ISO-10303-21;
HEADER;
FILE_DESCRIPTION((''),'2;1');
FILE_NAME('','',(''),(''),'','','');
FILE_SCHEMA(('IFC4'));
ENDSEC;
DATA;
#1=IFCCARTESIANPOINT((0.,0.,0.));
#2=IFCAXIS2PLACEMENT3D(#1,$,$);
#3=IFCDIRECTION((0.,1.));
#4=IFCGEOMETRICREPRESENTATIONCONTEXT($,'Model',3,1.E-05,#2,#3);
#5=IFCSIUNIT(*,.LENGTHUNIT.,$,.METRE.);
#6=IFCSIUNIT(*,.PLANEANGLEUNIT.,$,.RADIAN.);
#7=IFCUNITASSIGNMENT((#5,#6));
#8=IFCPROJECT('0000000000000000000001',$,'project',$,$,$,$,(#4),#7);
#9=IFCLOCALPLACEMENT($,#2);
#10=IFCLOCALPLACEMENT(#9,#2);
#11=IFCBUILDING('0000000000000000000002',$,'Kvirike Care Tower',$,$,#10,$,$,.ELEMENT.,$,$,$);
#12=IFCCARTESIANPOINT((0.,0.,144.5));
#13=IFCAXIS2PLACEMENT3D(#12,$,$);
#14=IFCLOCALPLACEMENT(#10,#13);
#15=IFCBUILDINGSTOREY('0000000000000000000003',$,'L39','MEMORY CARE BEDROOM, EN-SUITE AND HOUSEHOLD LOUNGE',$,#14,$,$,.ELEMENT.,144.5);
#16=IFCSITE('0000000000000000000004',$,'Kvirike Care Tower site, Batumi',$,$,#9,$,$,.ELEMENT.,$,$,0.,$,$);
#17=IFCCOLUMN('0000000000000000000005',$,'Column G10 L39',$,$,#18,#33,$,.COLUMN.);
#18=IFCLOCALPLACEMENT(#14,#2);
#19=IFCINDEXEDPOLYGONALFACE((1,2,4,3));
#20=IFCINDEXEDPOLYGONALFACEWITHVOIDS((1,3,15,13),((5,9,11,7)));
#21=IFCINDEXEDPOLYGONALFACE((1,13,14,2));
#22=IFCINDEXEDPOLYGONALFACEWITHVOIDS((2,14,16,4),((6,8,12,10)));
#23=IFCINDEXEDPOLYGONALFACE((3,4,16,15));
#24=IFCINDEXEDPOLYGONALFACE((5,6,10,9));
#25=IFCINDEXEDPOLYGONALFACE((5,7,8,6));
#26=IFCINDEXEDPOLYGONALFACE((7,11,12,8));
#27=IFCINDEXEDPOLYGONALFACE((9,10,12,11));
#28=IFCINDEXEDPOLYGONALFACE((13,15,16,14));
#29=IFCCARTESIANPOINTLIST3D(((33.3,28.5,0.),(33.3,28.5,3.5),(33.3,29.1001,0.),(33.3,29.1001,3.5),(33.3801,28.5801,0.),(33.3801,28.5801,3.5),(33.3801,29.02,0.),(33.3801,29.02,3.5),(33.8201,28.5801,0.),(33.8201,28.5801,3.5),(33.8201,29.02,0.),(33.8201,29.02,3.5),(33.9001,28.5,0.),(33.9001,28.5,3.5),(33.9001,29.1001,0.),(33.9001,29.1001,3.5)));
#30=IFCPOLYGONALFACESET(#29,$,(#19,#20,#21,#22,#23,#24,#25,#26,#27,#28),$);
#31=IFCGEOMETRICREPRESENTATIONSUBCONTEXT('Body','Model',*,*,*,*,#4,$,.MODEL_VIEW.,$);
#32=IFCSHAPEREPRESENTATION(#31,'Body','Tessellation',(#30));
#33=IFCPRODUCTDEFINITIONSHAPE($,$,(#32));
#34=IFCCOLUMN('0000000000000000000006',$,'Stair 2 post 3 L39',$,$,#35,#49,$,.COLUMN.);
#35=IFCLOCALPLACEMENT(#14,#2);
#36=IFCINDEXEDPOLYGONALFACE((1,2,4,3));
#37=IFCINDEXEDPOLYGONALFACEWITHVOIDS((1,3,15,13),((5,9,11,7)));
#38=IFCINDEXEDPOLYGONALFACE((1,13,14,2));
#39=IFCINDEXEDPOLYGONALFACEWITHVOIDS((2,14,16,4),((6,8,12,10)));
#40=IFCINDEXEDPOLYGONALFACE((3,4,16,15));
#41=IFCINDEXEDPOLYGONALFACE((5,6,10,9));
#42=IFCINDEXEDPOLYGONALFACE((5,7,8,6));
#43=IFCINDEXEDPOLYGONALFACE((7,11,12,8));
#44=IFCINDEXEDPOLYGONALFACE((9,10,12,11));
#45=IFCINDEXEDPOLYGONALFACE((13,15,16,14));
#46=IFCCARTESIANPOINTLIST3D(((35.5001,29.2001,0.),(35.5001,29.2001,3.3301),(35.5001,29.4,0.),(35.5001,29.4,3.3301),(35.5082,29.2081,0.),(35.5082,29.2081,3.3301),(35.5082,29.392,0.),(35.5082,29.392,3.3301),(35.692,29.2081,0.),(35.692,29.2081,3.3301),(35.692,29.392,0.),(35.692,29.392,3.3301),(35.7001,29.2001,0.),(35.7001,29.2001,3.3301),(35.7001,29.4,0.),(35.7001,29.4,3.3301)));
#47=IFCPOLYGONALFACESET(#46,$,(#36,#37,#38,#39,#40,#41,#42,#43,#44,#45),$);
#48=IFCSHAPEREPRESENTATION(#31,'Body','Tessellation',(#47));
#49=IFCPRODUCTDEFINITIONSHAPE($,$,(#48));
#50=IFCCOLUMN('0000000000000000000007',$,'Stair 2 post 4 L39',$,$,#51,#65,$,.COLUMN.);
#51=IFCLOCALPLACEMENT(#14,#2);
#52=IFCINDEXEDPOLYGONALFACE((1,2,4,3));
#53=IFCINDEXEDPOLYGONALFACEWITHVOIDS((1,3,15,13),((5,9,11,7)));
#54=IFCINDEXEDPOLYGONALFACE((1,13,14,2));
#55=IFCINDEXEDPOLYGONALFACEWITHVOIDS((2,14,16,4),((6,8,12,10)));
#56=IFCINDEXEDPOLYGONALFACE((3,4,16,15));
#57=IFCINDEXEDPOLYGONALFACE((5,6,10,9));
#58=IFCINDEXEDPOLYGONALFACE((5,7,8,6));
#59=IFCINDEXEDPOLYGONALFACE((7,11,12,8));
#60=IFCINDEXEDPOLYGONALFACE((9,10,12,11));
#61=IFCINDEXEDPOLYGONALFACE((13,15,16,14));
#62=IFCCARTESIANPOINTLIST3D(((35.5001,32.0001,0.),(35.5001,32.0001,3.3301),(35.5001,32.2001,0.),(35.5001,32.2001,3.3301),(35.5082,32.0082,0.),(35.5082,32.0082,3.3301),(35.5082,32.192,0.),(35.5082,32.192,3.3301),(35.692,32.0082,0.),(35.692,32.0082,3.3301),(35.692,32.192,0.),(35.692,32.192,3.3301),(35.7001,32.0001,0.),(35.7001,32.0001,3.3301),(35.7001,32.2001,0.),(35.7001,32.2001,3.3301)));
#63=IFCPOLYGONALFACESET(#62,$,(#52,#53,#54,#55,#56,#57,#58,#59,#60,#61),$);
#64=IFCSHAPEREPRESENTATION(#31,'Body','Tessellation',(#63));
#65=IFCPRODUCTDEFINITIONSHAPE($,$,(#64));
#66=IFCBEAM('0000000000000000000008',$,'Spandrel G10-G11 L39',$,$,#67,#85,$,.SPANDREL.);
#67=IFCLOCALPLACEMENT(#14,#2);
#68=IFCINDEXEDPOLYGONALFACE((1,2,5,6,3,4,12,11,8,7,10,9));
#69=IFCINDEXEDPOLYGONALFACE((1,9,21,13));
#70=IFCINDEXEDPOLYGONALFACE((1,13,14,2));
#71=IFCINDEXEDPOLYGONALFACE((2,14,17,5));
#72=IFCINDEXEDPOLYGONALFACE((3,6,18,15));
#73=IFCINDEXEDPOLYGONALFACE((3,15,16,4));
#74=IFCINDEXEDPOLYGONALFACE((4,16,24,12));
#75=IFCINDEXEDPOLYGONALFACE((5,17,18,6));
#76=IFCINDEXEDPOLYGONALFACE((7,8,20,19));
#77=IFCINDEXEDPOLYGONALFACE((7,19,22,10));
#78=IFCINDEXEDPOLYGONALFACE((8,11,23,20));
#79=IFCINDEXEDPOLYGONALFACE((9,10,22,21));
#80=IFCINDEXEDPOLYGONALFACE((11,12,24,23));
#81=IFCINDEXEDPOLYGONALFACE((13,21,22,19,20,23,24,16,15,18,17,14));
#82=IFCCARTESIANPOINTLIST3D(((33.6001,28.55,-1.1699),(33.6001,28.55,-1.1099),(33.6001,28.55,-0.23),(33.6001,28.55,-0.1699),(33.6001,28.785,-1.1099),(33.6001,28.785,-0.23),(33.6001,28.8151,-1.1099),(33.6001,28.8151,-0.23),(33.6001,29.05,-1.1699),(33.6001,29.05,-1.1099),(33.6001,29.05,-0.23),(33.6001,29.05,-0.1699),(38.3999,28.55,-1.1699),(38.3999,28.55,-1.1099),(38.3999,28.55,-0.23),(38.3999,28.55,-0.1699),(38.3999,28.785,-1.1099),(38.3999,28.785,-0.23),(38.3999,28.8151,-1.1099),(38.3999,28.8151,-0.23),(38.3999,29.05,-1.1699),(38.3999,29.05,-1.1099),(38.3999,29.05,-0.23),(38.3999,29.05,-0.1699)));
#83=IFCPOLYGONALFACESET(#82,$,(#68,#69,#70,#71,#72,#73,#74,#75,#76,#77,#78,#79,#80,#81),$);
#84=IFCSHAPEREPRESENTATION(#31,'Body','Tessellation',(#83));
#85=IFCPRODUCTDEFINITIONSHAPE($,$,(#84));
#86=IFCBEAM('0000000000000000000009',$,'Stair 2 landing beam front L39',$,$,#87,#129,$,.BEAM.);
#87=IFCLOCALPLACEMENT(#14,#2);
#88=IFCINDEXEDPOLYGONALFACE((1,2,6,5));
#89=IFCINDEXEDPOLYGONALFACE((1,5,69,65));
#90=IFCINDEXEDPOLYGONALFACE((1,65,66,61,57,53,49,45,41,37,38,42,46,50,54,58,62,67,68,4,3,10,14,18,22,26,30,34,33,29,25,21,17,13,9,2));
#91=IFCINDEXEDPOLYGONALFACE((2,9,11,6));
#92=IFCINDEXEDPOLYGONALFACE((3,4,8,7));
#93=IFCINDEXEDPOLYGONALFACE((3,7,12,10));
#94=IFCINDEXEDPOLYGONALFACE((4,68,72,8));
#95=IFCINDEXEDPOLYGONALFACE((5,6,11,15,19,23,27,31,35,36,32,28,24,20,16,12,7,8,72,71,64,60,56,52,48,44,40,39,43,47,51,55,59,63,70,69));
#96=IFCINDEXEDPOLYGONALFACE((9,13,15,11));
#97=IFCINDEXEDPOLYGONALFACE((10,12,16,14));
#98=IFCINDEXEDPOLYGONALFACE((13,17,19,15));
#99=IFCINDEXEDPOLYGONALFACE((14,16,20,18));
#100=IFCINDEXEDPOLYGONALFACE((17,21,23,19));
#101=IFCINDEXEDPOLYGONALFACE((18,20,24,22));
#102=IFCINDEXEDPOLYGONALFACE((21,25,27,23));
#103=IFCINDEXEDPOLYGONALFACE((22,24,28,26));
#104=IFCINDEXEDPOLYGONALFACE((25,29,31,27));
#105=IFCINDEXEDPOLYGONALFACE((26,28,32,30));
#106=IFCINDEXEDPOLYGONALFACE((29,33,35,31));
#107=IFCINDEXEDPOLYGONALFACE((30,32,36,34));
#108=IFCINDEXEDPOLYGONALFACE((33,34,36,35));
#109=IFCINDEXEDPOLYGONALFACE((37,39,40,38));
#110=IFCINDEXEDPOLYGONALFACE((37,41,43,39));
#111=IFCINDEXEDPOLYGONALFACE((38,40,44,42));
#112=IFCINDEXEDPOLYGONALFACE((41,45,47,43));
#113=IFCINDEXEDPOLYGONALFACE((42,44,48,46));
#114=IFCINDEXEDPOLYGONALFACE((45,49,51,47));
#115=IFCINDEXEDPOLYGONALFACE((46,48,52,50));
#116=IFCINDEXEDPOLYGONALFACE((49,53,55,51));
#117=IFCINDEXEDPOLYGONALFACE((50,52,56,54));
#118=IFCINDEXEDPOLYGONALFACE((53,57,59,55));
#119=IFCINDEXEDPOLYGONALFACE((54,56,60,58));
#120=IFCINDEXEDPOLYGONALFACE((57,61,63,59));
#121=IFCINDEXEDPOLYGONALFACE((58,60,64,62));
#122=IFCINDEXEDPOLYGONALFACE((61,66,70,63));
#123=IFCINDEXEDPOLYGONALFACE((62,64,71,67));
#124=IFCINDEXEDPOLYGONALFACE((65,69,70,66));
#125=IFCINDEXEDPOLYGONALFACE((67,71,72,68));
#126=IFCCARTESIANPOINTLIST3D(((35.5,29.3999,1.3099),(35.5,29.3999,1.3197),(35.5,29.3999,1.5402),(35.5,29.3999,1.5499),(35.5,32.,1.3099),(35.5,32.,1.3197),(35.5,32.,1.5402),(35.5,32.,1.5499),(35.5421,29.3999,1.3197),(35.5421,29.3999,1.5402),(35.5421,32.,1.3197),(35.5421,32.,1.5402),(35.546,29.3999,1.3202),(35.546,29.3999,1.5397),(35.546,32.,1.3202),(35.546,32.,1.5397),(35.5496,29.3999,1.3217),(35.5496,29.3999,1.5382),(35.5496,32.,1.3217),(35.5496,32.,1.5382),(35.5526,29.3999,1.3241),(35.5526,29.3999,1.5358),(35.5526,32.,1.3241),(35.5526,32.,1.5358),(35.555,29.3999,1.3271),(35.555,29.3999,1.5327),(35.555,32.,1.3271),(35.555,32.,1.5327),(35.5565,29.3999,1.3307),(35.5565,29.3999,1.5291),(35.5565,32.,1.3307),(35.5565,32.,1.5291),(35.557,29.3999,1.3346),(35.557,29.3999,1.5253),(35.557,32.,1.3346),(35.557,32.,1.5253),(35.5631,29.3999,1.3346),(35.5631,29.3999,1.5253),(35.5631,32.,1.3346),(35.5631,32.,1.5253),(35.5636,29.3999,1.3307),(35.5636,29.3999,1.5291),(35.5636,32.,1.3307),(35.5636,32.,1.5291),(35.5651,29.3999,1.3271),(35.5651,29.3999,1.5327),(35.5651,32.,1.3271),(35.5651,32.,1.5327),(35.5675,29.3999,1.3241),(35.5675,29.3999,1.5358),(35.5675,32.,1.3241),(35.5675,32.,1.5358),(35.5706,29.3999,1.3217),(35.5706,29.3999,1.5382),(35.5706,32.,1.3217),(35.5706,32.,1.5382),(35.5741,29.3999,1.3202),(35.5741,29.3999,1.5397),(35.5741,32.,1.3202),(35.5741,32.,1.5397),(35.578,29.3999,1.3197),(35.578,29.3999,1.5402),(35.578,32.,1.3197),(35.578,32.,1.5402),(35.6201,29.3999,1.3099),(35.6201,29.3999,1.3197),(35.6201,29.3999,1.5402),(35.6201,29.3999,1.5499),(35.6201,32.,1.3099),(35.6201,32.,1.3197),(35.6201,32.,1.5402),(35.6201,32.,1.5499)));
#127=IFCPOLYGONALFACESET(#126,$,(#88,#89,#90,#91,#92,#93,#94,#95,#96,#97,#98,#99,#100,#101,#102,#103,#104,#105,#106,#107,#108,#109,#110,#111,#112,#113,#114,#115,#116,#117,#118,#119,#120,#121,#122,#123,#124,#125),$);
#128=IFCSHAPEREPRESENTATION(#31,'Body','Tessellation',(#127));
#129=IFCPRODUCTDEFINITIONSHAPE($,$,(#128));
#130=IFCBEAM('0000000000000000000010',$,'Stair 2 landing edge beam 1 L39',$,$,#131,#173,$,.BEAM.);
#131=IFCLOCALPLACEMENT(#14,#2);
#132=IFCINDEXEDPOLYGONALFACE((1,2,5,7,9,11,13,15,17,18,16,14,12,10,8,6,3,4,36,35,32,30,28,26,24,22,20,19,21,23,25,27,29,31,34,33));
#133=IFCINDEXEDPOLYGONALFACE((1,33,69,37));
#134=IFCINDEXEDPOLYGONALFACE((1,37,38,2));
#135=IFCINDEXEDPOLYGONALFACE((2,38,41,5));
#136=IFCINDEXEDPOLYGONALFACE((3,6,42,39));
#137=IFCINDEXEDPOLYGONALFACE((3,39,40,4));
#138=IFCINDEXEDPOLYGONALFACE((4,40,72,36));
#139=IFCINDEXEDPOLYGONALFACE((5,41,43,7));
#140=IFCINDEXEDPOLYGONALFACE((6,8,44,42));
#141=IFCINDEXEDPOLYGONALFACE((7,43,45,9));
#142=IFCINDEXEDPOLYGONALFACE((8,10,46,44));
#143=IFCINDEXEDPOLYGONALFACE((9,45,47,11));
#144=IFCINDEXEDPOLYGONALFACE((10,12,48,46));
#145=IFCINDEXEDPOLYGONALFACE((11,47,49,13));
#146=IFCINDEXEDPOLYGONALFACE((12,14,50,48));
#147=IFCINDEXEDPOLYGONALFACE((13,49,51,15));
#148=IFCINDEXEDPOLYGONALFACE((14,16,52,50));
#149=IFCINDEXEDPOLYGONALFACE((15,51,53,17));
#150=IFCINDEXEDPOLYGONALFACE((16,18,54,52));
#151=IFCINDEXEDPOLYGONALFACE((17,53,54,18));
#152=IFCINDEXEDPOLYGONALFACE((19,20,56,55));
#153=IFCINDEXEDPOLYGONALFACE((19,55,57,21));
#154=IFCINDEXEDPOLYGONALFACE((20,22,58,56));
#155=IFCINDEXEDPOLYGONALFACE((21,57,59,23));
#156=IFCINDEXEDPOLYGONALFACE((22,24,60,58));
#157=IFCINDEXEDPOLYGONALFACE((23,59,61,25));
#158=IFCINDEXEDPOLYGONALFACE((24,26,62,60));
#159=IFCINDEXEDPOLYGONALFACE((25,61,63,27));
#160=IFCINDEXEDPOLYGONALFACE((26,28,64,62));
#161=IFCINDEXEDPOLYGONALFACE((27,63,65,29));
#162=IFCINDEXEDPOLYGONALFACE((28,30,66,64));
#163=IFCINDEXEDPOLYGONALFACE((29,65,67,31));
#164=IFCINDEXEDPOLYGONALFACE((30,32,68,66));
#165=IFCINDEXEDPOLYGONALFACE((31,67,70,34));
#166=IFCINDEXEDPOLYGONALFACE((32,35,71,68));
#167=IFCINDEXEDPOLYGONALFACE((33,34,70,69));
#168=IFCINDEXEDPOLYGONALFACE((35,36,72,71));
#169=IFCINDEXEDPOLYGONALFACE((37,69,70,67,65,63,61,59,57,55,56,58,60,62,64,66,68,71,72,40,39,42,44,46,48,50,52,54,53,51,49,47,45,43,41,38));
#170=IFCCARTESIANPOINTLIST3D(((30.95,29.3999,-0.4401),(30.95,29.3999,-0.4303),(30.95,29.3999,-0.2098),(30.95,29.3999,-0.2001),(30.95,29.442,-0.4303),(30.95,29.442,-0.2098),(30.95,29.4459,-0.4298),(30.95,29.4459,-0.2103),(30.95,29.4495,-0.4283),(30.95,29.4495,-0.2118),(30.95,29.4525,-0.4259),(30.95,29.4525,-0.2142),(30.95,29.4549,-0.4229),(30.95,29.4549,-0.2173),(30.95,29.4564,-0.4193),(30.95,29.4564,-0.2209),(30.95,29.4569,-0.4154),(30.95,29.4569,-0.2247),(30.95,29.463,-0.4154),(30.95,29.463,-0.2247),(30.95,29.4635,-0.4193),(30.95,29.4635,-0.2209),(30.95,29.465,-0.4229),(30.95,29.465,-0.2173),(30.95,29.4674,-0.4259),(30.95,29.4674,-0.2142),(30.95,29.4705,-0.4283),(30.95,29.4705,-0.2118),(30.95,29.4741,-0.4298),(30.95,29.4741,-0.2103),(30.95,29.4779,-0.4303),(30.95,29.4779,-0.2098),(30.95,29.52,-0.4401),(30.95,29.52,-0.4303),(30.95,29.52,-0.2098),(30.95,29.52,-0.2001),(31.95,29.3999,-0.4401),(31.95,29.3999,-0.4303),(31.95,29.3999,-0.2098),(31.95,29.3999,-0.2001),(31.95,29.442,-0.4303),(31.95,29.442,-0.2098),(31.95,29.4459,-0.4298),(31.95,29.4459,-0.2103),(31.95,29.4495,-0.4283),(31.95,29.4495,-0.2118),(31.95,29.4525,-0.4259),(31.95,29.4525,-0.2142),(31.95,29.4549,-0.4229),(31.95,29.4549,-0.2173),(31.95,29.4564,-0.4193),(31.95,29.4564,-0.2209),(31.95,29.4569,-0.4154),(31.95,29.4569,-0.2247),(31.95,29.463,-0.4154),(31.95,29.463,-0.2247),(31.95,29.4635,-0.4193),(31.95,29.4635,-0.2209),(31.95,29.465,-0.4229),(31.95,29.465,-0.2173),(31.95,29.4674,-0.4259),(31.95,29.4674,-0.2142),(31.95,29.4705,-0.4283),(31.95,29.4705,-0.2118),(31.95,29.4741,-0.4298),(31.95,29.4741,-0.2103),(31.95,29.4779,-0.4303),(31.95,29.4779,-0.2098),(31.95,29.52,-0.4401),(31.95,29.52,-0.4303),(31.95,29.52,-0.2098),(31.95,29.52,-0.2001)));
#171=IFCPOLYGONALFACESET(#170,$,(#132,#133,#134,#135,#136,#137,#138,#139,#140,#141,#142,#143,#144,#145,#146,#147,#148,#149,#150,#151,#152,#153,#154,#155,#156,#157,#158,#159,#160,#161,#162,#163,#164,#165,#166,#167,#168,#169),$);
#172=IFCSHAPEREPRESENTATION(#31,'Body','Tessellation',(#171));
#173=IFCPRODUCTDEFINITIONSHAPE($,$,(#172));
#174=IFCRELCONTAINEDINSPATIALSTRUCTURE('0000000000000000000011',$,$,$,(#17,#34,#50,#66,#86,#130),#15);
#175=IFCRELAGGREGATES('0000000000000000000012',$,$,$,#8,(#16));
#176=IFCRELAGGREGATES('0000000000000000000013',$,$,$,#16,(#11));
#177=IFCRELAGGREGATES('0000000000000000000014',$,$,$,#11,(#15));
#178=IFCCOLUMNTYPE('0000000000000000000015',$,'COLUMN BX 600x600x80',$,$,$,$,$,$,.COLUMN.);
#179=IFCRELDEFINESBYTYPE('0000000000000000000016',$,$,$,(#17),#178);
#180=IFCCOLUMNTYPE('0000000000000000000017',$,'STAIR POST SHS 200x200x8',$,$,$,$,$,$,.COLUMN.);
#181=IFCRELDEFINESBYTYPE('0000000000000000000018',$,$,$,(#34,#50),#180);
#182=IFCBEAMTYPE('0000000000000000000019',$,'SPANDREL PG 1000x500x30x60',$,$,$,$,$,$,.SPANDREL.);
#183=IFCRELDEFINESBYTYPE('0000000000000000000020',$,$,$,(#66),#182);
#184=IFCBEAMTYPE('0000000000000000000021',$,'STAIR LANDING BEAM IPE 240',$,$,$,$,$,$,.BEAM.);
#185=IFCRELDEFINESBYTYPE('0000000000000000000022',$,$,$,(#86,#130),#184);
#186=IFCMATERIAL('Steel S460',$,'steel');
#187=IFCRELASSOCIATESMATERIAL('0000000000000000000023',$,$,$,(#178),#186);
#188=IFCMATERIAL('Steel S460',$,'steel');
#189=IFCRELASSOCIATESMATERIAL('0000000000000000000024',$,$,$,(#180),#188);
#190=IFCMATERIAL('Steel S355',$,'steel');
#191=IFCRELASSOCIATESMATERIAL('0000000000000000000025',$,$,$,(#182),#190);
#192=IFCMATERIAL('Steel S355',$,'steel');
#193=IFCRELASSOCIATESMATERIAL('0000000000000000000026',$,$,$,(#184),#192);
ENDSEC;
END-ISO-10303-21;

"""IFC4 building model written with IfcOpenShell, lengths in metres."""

from ifc_helpers import new_model, si_unit, direction, frame, origin, origin_2d, place, context, subcontext, project, spatial, hollow_rectangle, i_section, extrude, material, material_profile, profile_set, type_object, element, save


model = new_model("IFC4")

# Units and contexts
model_context = context("Model", 3, precision=1e-05, world=origin(), true_north=direction((0.0, 1.0)))
body_context = subcontext(model_context, "Body", "Model", "MODEL_VIEW")
ifc_project = project(units=[si_unit("LENGTHUNIT", "METRE"), si_unit("PLANEANGLEUNIT", "RADIAN")], contexts=[model_context])

# Site, building, storey
site_placement = place(None, origin())
site = spatial("IfcSite", under=ifc_project, at=site_placement, Name="Kvirike Care Tower site, Batumi", CompositionType="ELEMENT", RefElevation=0.0)
building_placement = place(site_placement, origin())
building = spatial("IfcBuilding", under=site, at=building_placement, Name="Kvirike Care Tower", CompositionType="ELEMENT")
storey_placement = place(building_placement, frame((0.0, 0.0, 144.5)))
storey = spatial("IfcBuildingStorey", under=building, at=storey_placement, Name="L39", Description="MEMORY CARE BEDROOM, EN-SUITE AND HOUSEHOLD LOUNGE", CompositionType="ELEMENT", Elevation=144.5)

# Columns
ifc_material_1 = material(Name="Steel S460", Category="steel")
ifc_material_profile_1 = material_profile(ifc_material_1, hollow_rectangle(XDim=0.6001, YDim=0.6001, WallThickness=0.0801, at=origin_2d()), Name="BX 600x600x80")
ifc_profile_set_1 = profile_set([ifc_material_profile_1], Name="Steel S460")
column_type_1 = type_object("IfcColumnType", Name="COLUMN BX 600x600x80", PredefinedType="COLUMN", material=ifc_profile_set_1)
column_placement = place(storey_placement, frame((33.6001, 28.8, 0.0), z_axis=(0.0, 0.0, 1.0), x_axis=(0.0, 1.0, 0.0)))
element("IfcColumn", 1, at=column_placement, inside=storey, type_object=column_type_1, Name="Column G10 L39", PredefinedType="COLUMN", context=body_context, shape_type="SweptSolid", body=[
    extrude(hollow_rectangle(XDim=0.6001, YDim=0.6001, WallThickness=0.0801, at=origin_2d()), origin(), (0.0, 0.0, 1.0), 3.5),
])
ifc_material_2 = material(Name="Steel S460", Category="steel")
ifc_material_profile_2 = material_profile(ifc_material_2, hollow_rectangle(XDim=0.2, YDim=0.2, WallThickness=0.0081, at=origin_2d()), Name="SHS 200x200x8")
ifc_profile_set_2 = profile_set([ifc_material_profile_2], Name="Steel S460")
column_type_2 = type_object("IfcColumnType", Name="STAIR POST SHS 200x200x8", PredefinedType="COLUMN", material=ifc_profile_set_2)
for number, where, z_axis, x_axis, name in (
    (2, (35.6001, 29.3, 0.0), (0.0, 0.0, 1.0), (1.0, 0.0, 0.0), "Stair 2 post 3 L39"),
    (3, (35.6001, 32.1001, 0.0), (0.0, 0.0, 1.0), (1.0, 0.0, 0.0), "Stair 2 post 4 L39"),
):
    element("IfcColumn", number, at=place(storey_placement, frame(where, z_axis=z_axis, x_axis=x_axis)), inside=storey, type_object=column_type_2, Name=name, PredefinedType="COLUMN", context=body_context, shape_type="SweptSolid", body=[
        extrude(hollow_rectangle(XDim=0.2, YDim=0.2, WallThickness=0.0081, at=origin_2d()), origin(), (0.0, 0.0, 1.0), 3.3301),
    ])

# Beams
ifc_material_3 = material(Name="Steel S355", Category="steel")
ifc_material_profile_3 = material_profile(ifc_material_3, i_section(OverallWidth=0.5, OverallDepth=1.0, WebThickness=0.03, FlangeThickness=0.0601, at=origin_2d()), Name="PG 1000x500x30x60")
ifc_profile_set_3 = profile_set([ifc_material_profile_3], Name="Steel S355")
beam_type_1 = type_object("IfcBeamType", Name="SPANDREL PG 1000x500x30x60", PredefinedType="SPANDREL", material=ifc_profile_set_3)
beam_1_placement = place(storey_placement, frame((33.6001, 28.8, -0.6699), z_axis=(1.0, 0.0, 0.0), x_axis=(0.0, 1.0, 0.0)))
element("IfcBeam", 4, at=beam_1_placement, inside=storey, type_object=beam_type_1, Name="Spandrel G10-G11 L39", PredefinedType="SPANDREL", context=body_context, shape_type="SweptSolid", body=[
    extrude(i_section(OverallWidth=0.5, OverallDepth=1.0, WebThickness=0.03, FlangeThickness=0.0601, at=origin_2d()), origin(), (0.0, 0.0, 1.0), 4.7998),
])
ifc_material_4 = material(Name="Steel S355", Category="steel")
ifc_material_profile_4 = material_profile(ifc_material_4, i_section(OverallWidth=0.1201, OverallDepth=0.24, WebThickness=0.0061, FlangeThickness=0.0098, FilletRadius=0.0149, at=origin_2d()), Name="IPE 240")
ifc_profile_set_4 = profile_set([ifc_material_profile_4], Name="Steel S355")
beam_type_2 = type_object("IfcBeamType", Name="STAIR LANDING BEAM IPE 240", PredefinedType="BEAM", material=ifc_profile_set_4)
beam_2_placement = place(storey_placement, frame((35.5601, 29.3999, 1.4299), z_axis=(0.0, 1.0, 0.0), x_axis=(-1.0, 0.0, 0.0)))
element("IfcBeam", 5, at=beam_2_placement, inside=storey, type_object=beam_type_2, Name="Stair 2 landing beam front L39", PredefinedType="BEAM", context=body_context, shape_type="SweptSolid", body=[
    extrude(i_section(OverallWidth=0.1201, OverallDepth=0.24, WebThickness=0.0061, FlangeThickness=0.0098, FilletRadius=0.0149, at=origin_2d()), origin(), (0.0, 0.0, 1.0), 2.6001),
])
for number, where, z_axis, x_axis, name in (
    (6, (31.95, 29.46, -0.3201), (-1.0, 0.0, 0.0), (0.0, -1.0, 0.0), "Stair 2 landing edge beam 1 L39"),
):
    element("IfcBeam", number, at=place(storey_placement, frame(where, z_axis=z_axis, x_axis=x_axis)), inside=storey, type_object=beam_type_2, Name=name, PredefinedType="BEAM", context=body_context, shape_type="SweptSolid", body=[
        extrude(i_section(OverallWidth=0.1201, OverallDepth=0.24, WebThickness=0.0061, FlangeThickness=0.0098, FilletRadius=0.0149, at=origin_2d()), origin(), (0.0, 0.0, 1.0), 1.0),
    ])

save(model, "model.ifc")
